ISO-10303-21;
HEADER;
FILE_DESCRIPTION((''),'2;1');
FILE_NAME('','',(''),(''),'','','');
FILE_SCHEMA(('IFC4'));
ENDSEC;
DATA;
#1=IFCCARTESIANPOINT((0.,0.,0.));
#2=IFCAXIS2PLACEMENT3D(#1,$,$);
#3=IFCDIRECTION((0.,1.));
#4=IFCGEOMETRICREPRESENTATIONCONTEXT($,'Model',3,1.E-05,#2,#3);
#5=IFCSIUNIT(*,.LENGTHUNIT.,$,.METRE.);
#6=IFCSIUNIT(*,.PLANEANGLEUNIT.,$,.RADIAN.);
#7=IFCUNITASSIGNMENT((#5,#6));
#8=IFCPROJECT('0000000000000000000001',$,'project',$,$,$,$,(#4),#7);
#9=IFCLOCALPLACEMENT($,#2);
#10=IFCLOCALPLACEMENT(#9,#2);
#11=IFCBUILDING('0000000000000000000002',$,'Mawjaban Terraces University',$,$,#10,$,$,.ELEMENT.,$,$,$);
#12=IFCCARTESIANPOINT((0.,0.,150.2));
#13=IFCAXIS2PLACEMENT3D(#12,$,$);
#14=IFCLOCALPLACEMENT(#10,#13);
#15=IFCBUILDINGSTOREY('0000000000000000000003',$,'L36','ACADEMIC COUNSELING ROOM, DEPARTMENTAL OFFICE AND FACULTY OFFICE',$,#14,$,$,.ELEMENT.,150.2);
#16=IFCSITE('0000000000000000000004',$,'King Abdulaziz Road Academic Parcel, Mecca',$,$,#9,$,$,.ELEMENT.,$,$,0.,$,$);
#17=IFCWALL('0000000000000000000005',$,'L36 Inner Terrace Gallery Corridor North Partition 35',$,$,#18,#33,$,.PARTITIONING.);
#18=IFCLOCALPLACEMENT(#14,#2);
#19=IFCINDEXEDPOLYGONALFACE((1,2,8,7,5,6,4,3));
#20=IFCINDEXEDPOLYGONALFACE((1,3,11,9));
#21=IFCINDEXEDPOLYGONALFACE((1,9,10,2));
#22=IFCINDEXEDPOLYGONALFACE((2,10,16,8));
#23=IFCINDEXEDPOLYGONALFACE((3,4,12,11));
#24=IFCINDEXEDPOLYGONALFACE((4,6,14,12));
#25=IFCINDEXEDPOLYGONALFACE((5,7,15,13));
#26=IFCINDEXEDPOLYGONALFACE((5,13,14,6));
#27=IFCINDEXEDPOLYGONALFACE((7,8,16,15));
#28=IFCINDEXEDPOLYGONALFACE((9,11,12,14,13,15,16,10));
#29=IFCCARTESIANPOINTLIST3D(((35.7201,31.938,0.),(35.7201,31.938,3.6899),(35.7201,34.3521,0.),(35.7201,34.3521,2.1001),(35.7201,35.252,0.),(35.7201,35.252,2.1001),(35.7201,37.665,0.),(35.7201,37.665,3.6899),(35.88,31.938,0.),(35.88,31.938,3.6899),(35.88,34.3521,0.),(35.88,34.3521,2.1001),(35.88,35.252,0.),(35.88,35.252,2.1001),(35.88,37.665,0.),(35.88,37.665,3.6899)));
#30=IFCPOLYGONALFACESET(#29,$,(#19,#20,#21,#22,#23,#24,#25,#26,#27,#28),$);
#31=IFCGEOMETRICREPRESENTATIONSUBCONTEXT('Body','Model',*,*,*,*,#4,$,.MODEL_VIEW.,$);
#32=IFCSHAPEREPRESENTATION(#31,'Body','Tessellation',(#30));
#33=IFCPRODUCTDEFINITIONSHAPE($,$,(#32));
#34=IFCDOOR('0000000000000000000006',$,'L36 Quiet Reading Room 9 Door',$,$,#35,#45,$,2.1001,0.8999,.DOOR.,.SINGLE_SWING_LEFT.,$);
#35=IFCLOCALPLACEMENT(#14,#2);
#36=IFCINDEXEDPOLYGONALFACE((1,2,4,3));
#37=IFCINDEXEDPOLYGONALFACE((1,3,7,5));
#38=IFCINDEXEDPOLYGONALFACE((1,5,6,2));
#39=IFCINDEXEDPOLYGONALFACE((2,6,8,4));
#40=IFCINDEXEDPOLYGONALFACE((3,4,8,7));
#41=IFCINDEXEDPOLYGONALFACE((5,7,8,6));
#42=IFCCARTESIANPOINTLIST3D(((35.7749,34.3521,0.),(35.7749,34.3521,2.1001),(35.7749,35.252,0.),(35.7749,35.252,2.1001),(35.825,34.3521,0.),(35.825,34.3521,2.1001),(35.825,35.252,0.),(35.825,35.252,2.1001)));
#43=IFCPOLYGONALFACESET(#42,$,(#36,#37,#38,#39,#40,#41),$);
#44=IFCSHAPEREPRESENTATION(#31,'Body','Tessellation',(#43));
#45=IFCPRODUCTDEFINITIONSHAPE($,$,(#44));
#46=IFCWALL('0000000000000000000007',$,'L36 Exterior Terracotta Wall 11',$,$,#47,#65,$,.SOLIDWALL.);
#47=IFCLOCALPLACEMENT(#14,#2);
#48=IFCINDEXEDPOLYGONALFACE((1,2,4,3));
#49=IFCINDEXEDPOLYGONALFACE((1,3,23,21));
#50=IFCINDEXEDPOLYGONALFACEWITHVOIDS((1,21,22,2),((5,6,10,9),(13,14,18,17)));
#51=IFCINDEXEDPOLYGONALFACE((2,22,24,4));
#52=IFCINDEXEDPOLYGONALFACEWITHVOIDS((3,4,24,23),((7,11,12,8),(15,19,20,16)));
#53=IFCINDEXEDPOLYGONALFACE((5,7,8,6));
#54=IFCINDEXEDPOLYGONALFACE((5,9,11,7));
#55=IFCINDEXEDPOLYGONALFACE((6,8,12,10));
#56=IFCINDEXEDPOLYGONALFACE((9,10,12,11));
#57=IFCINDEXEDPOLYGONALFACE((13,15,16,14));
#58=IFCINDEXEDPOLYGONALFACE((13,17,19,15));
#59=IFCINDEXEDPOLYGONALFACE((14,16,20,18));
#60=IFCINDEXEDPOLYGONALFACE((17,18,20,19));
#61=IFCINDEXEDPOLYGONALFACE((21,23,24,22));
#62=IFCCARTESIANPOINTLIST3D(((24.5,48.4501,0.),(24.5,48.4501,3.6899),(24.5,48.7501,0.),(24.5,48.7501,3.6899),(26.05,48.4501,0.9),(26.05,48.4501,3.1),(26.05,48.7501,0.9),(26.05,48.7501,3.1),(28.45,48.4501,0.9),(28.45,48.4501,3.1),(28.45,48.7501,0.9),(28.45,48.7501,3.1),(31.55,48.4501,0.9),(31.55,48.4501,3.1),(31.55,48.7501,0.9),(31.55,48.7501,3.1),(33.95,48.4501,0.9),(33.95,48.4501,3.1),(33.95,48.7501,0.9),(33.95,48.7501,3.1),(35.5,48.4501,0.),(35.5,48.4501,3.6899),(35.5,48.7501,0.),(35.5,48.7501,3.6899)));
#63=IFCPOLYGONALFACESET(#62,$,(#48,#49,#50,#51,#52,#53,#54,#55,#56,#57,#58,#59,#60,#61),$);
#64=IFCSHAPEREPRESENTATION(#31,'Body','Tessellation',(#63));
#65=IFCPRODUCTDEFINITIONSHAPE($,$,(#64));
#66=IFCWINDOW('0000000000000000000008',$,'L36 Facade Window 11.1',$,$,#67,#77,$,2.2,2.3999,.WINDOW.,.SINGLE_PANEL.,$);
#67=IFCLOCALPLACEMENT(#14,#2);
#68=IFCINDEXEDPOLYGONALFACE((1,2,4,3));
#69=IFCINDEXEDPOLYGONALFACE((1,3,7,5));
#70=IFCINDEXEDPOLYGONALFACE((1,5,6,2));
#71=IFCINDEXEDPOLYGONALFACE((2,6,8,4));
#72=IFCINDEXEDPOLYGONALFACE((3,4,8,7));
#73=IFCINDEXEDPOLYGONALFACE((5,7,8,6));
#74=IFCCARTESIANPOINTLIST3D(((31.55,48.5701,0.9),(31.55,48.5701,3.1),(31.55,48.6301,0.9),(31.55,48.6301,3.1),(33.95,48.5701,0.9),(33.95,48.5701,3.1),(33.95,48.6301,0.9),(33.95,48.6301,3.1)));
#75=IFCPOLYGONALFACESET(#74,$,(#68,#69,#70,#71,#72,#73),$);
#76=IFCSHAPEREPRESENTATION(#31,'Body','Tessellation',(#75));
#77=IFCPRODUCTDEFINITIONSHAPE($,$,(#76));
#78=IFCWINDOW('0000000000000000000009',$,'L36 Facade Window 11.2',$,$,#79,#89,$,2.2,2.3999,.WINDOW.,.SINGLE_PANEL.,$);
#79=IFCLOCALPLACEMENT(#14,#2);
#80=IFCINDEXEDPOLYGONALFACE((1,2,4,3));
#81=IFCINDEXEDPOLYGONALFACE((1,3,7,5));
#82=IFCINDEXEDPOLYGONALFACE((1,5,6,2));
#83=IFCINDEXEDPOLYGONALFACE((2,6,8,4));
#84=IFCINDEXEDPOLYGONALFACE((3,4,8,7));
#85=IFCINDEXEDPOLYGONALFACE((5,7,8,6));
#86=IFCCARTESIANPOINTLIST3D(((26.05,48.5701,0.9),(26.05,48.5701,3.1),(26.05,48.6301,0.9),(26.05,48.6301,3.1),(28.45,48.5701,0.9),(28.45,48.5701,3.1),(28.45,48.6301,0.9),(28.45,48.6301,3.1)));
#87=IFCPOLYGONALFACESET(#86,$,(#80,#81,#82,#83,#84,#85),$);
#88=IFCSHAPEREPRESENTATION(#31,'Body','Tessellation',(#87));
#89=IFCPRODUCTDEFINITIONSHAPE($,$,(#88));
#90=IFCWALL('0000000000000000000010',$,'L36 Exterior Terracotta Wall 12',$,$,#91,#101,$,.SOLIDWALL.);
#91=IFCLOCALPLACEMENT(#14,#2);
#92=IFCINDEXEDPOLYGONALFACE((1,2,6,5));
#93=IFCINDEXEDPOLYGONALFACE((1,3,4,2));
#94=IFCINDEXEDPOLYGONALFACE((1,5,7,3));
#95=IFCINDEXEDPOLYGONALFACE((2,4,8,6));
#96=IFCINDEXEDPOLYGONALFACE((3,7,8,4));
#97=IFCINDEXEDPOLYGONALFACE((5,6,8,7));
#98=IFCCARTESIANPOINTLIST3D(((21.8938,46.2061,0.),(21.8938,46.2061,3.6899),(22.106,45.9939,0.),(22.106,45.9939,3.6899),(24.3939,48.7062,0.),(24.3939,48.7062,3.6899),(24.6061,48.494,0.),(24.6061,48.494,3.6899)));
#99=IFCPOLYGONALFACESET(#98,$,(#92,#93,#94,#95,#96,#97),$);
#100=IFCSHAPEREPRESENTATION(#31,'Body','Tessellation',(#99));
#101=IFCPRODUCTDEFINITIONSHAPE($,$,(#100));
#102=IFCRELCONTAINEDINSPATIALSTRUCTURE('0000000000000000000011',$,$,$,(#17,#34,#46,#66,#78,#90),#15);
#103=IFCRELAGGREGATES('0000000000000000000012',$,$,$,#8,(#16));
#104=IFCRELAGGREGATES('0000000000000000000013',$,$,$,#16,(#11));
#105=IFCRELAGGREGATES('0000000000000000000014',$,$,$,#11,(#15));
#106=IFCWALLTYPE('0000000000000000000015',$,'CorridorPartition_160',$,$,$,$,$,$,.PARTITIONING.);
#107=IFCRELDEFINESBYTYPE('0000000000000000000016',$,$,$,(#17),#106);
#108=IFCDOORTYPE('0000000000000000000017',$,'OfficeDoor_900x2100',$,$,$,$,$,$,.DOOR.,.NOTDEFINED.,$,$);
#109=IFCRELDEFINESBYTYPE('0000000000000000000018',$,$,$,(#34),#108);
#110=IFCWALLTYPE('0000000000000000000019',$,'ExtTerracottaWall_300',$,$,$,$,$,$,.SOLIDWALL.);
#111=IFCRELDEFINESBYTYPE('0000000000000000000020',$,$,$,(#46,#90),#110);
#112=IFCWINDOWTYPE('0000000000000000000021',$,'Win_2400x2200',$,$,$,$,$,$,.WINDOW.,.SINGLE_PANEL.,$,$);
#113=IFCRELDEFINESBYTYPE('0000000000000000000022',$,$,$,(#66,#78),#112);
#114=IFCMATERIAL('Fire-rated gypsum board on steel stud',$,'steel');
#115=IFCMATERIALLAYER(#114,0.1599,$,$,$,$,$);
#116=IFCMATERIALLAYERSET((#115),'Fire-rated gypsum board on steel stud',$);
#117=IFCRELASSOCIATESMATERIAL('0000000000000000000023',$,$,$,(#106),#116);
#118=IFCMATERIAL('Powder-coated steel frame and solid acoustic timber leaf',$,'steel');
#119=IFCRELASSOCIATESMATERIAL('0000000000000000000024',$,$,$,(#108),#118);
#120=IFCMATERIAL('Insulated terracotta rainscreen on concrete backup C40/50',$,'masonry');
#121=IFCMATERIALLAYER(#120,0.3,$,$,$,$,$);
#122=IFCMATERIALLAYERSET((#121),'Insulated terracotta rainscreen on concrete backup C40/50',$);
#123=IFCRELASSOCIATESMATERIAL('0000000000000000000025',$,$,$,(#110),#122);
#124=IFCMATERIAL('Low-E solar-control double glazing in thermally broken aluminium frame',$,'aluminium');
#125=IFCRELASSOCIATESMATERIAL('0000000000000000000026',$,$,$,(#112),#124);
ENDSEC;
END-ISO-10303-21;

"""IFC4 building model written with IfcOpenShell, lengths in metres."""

from ifc_helpers import new_model, si_unit, direction, frame, frame_2d, origin, place, context, subcontext, project, spatial, rectangle, extrude, material, layer, layer_set, type_object, element, fill, save


model = new_model("IFC4")

# Units and contexts
model_context = context("Model", 3, precision=1e-05, world=origin(), true_north=direction((0.0, 1.0)))
body_context = subcontext(model_context, "Body", "Model", "MODEL_VIEW")
ifc_project = project(units=[si_unit("LENGTHUNIT", "METRE"), si_unit("PLANEANGLEUNIT", "RADIAN")], contexts=[model_context])

# Site, building, storey
site_placement = place(None, origin())
site = spatial("IfcSite", under=ifc_project, at=site_placement, Name="King Abdulaziz Road Academic Parcel, Mecca", CompositionType="ELEMENT", RefElevation=0.0)
building_placement = place(site_placement, origin())
building = spatial("IfcBuilding", under=site, at=building_placement, Name="Mawjaban Terraces University", CompositionType="ELEMENT")
storey_placement = place(building_placement, frame((0.0, 0.0, 150.2)))
storey = spatial("IfcBuildingStorey", under=building, at=storey_placement, Name="L36", Description="ACADEMIC COUNSELING ROOM, DEPARTMENTAL OFFICE AND FACULTY OFFICE", CompositionType="ELEMENT", Elevation=150.2)

# Wall, opening, door
ifc_material_1 = material(Name="Powder-coated steel frame and solid acoustic timber leaf", Category="steel")
ifc_material_2 = material(Name="Fire-rated gypsum board on steel stud", Category="steel")
ifc_layer_1 = layer(ifc_material_2, 0.1599)
ifc_layer_set_1 = layer_set([ifc_layer_1], Name="Fire-rated gypsum board on steel stud")
wall_type_1 = type_object("IfcWallType", Name="CorridorPartition_160", PredefinedType="PARTITIONING", material=ifc_layer_set_1)
wall_1_placement = place(storey_placement, frame((35.8, 37.665, 0.0), z_axis=(0.0, 0.0, 1.0), x_axis=(0.0, -1.0, 0.0)))
wall_1 = element("IfcWall", 1, at=wall_1_placement, inside=storey, type_object=wall_type_1, Name="L36 Inner Terrace Gallery Corridor North Partition 35", PredefinedType="PARTITIONING", context=body_context, shape_type="SweptSolid", body=[
    extrude(rectangle(XDim=5.7271, YDim=0.1599, at=frame_2d((2.8635, 0.0))), origin(), (0.0, 0.0, 1.0), 3.6899),
])
opening_1_placement = place(wall_1_placement, frame((2.4131, 0.0, 0.0)))
opening_1 = element("IfcOpeningElement", 2, at=opening_1_placement, cuts=wall_1, PredefinedType="OPENING", context=body_context, shape_type="SweptSolid", body=[
    extrude(rectangle(XDim=0.8999, YDim=2.1001, at=frame_2d((0.45, 1.05))), frame((0.0, 0.0898, 0.0), z_axis=(0.0, -1.0, 0.0), x_axis=(1.0, 0.0, 0.0)), (0.0, 0.0, 1.0), 0.1799),
])
door_type_1 = type_object("IfcDoorType", Name="OfficeDoor_900x2100", OperationType="NOTDEFINED", PredefinedType="DOOR", material=ifc_material_1)
door_1_placement = place(opening_1_placement, origin())
door_1 = element("IfcDoor", 3, at=door_1_placement, inside=storey, type_object=door_type_1, Name="L36 Quiet Reading Room 9 Door", OperationType="SINGLE_SWING_LEFT", OverallHeight=2.1001, OverallWidth=0.8999, PredefinedType="DOOR", context=body_context, shape_type="SweptSolid", body=[
    extrude(rectangle(XDim=0.8999, YDim=2.1001, at=frame_2d((0.45, 1.05))), frame((0.0, 0.0249, 0.0), z_axis=(0.0, -1.0, 0.0), x_axis=(1.0, 0.0, 0.0)), (0.0, 0.0, 1.0), 0.05),
])
fill(opening_1, door_1)

# Wall, openings, windows
ifc_material_3 = material(Name="Insulated terracotta rainscreen on concrete backup C40/50", Category="masonry")
ifc_layer_2 = layer(ifc_material_3, 0.3)
ifc_layer_set_2 = layer_set([ifc_layer_2], Name="Insulated terracotta rainscreen on concrete backup C40/50")
wall_type_2 = type_object("IfcWallType", Name="ExtTerracottaWall_300", PredefinedType="SOLIDWALL", material=ifc_layer_set_2)
wall_2_placement = place(storey_placement, frame((35.5, 48.6001, 0.0), z_axis=(0.0, 0.0, 1.0), x_axis=(-1.0, 0.0, 0.0)))
wall_2 = element("IfcWall", 4, at=wall_2_placement, inside=storey, type_object=wall_type_2, Name="L36 Exterior Terracotta Wall 11", PredefinedType="SOLIDWALL", context=body_context, shape_type="SweptSolid", body=[
    extrude(rectangle(XDim=11.0, YDim=0.3, at=frame_2d((5.5, 0.0))), origin(), (0.0, 0.0, 1.0), 3.6899),
])
opening_2_placement = place(wall_2_placement, frame((1.55, 0.0, 0.8999)))
opening_2 = element("IfcOpeningElement", 5, at=opening_2_placement, cuts=wall_2, PredefinedType="OPENING", context=body_context, shape_type="SweptSolid", body=[
    extrude(rectangle(XDim=2.3999, YDim=2.2, at=frame_2d((1.2, 1.1001))), frame((0.0, 0.1599, 0.0), z_axis=(0.0, -1.0, 0.0), x_axis=(1.0, 0.0, 0.0)), (0.0, 0.0, 1.0), 0.3201),
])
opening_3_placement = place(wall_2_placement, frame((7.05, 0.0, 0.8999)))
opening_3 = element("IfcOpeningElement", 6, at=opening_3_placement, cuts=wall_2, PredefinedType="OPENING", context=body_context, shape_type="SweptSolid", body=[
    extrude(rectangle(XDim=2.3999, YDim=2.2, at=frame_2d((1.2, 1.1001))), frame((0.0, 0.1599, 0.0), z_axis=(0.0, -1.0, 0.0), x_axis=(1.0, 0.0, 0.0)), (0.0, 0.0, 1.0), 0.3201),
])
ifc_material_4 = material(Name="Low-E solar-control double glazing in thermally broken aluminium frame", Category="aluminium")
window_type_1 = type_object("IfcWindowType", Name="Win_2400x2200", PartitioningType="SINGLE_PANEL", PredefinedType="WINDOW", material=ifc_material_4)
window_1_placement = place(opening_2_placement, origin())
window_1 = element("IfcWindow", 7, at=window_1_placement, inside=storey, type_object=window_type_1, Name="L36 Facade Window 11.1", OverallHeight=2.2, OverallWidth=2.3999, PartitioningType="SINGLE_PANEL", PredefinedType="WINDOW", context=body_context, shape_type="SweptSolid", body=[
    extrude(rectangle(XDim=2.3999, YDim=2.2, at=frame_2d((1.2, 1.1001))), frame((0.0, 0.03, 0.0), z_axis=(0.0, -1.0, 0.0), x_axis=(1.0, 0.0, 0.0)), (0.0, 0.0, 1.0), 0.0601),
])
fill(opening_2, window_1)
window_2_placement = place(opening_3_placement, origin())
window_2 = element("IfcWindow", 8, at=window_2_placement, inside=storey, type_object=window_type_1, Name="L36 Facade Window 11.2", OverallHeight=2.2, OverallWidth=2.3999, PartitioningType="SINGLE_PANEL", PredefinedType="WINDOW", context=body_context, shape_type="SweptSolid", body=[
    extrude(rectangle(XDim=2.3999, YDim=2.2, at=frame_2d((1.2, 1.1001))), frame((0.0, 0.03, 0.0), z_axis=(0.0, -1.0, 0.0), x_axis=(1.0, 0.0, 0.0)), (0.0, 0.0, 1.0), 0.0601),
])
fill(opening_3, window_2)

# Wall
wall_3_placement = place(storey_placement, frame((24.5, 48.6001, 0.0), z_axis=(0.0, 0.0, 1.0), x_axis=(-0.707107, -0.707107, 0.0)))
element("IfcWall", 9, at=wall_3_placement, inside=storey, type_object=wall_type_2, Name="L36 Exterior Terracotta Wall 12", PredefinedType="SOLIDWALL", context=body_context, shape_type="SweptSolid", body=[
    extrude(rectangle(XDim=3.5356, YDim=0.3, at=frame_2d((1.7678, 0.0))), origin(), (0.0, 0.0, 1.0), 3.6899),
])

save(model, "model.ifc")
